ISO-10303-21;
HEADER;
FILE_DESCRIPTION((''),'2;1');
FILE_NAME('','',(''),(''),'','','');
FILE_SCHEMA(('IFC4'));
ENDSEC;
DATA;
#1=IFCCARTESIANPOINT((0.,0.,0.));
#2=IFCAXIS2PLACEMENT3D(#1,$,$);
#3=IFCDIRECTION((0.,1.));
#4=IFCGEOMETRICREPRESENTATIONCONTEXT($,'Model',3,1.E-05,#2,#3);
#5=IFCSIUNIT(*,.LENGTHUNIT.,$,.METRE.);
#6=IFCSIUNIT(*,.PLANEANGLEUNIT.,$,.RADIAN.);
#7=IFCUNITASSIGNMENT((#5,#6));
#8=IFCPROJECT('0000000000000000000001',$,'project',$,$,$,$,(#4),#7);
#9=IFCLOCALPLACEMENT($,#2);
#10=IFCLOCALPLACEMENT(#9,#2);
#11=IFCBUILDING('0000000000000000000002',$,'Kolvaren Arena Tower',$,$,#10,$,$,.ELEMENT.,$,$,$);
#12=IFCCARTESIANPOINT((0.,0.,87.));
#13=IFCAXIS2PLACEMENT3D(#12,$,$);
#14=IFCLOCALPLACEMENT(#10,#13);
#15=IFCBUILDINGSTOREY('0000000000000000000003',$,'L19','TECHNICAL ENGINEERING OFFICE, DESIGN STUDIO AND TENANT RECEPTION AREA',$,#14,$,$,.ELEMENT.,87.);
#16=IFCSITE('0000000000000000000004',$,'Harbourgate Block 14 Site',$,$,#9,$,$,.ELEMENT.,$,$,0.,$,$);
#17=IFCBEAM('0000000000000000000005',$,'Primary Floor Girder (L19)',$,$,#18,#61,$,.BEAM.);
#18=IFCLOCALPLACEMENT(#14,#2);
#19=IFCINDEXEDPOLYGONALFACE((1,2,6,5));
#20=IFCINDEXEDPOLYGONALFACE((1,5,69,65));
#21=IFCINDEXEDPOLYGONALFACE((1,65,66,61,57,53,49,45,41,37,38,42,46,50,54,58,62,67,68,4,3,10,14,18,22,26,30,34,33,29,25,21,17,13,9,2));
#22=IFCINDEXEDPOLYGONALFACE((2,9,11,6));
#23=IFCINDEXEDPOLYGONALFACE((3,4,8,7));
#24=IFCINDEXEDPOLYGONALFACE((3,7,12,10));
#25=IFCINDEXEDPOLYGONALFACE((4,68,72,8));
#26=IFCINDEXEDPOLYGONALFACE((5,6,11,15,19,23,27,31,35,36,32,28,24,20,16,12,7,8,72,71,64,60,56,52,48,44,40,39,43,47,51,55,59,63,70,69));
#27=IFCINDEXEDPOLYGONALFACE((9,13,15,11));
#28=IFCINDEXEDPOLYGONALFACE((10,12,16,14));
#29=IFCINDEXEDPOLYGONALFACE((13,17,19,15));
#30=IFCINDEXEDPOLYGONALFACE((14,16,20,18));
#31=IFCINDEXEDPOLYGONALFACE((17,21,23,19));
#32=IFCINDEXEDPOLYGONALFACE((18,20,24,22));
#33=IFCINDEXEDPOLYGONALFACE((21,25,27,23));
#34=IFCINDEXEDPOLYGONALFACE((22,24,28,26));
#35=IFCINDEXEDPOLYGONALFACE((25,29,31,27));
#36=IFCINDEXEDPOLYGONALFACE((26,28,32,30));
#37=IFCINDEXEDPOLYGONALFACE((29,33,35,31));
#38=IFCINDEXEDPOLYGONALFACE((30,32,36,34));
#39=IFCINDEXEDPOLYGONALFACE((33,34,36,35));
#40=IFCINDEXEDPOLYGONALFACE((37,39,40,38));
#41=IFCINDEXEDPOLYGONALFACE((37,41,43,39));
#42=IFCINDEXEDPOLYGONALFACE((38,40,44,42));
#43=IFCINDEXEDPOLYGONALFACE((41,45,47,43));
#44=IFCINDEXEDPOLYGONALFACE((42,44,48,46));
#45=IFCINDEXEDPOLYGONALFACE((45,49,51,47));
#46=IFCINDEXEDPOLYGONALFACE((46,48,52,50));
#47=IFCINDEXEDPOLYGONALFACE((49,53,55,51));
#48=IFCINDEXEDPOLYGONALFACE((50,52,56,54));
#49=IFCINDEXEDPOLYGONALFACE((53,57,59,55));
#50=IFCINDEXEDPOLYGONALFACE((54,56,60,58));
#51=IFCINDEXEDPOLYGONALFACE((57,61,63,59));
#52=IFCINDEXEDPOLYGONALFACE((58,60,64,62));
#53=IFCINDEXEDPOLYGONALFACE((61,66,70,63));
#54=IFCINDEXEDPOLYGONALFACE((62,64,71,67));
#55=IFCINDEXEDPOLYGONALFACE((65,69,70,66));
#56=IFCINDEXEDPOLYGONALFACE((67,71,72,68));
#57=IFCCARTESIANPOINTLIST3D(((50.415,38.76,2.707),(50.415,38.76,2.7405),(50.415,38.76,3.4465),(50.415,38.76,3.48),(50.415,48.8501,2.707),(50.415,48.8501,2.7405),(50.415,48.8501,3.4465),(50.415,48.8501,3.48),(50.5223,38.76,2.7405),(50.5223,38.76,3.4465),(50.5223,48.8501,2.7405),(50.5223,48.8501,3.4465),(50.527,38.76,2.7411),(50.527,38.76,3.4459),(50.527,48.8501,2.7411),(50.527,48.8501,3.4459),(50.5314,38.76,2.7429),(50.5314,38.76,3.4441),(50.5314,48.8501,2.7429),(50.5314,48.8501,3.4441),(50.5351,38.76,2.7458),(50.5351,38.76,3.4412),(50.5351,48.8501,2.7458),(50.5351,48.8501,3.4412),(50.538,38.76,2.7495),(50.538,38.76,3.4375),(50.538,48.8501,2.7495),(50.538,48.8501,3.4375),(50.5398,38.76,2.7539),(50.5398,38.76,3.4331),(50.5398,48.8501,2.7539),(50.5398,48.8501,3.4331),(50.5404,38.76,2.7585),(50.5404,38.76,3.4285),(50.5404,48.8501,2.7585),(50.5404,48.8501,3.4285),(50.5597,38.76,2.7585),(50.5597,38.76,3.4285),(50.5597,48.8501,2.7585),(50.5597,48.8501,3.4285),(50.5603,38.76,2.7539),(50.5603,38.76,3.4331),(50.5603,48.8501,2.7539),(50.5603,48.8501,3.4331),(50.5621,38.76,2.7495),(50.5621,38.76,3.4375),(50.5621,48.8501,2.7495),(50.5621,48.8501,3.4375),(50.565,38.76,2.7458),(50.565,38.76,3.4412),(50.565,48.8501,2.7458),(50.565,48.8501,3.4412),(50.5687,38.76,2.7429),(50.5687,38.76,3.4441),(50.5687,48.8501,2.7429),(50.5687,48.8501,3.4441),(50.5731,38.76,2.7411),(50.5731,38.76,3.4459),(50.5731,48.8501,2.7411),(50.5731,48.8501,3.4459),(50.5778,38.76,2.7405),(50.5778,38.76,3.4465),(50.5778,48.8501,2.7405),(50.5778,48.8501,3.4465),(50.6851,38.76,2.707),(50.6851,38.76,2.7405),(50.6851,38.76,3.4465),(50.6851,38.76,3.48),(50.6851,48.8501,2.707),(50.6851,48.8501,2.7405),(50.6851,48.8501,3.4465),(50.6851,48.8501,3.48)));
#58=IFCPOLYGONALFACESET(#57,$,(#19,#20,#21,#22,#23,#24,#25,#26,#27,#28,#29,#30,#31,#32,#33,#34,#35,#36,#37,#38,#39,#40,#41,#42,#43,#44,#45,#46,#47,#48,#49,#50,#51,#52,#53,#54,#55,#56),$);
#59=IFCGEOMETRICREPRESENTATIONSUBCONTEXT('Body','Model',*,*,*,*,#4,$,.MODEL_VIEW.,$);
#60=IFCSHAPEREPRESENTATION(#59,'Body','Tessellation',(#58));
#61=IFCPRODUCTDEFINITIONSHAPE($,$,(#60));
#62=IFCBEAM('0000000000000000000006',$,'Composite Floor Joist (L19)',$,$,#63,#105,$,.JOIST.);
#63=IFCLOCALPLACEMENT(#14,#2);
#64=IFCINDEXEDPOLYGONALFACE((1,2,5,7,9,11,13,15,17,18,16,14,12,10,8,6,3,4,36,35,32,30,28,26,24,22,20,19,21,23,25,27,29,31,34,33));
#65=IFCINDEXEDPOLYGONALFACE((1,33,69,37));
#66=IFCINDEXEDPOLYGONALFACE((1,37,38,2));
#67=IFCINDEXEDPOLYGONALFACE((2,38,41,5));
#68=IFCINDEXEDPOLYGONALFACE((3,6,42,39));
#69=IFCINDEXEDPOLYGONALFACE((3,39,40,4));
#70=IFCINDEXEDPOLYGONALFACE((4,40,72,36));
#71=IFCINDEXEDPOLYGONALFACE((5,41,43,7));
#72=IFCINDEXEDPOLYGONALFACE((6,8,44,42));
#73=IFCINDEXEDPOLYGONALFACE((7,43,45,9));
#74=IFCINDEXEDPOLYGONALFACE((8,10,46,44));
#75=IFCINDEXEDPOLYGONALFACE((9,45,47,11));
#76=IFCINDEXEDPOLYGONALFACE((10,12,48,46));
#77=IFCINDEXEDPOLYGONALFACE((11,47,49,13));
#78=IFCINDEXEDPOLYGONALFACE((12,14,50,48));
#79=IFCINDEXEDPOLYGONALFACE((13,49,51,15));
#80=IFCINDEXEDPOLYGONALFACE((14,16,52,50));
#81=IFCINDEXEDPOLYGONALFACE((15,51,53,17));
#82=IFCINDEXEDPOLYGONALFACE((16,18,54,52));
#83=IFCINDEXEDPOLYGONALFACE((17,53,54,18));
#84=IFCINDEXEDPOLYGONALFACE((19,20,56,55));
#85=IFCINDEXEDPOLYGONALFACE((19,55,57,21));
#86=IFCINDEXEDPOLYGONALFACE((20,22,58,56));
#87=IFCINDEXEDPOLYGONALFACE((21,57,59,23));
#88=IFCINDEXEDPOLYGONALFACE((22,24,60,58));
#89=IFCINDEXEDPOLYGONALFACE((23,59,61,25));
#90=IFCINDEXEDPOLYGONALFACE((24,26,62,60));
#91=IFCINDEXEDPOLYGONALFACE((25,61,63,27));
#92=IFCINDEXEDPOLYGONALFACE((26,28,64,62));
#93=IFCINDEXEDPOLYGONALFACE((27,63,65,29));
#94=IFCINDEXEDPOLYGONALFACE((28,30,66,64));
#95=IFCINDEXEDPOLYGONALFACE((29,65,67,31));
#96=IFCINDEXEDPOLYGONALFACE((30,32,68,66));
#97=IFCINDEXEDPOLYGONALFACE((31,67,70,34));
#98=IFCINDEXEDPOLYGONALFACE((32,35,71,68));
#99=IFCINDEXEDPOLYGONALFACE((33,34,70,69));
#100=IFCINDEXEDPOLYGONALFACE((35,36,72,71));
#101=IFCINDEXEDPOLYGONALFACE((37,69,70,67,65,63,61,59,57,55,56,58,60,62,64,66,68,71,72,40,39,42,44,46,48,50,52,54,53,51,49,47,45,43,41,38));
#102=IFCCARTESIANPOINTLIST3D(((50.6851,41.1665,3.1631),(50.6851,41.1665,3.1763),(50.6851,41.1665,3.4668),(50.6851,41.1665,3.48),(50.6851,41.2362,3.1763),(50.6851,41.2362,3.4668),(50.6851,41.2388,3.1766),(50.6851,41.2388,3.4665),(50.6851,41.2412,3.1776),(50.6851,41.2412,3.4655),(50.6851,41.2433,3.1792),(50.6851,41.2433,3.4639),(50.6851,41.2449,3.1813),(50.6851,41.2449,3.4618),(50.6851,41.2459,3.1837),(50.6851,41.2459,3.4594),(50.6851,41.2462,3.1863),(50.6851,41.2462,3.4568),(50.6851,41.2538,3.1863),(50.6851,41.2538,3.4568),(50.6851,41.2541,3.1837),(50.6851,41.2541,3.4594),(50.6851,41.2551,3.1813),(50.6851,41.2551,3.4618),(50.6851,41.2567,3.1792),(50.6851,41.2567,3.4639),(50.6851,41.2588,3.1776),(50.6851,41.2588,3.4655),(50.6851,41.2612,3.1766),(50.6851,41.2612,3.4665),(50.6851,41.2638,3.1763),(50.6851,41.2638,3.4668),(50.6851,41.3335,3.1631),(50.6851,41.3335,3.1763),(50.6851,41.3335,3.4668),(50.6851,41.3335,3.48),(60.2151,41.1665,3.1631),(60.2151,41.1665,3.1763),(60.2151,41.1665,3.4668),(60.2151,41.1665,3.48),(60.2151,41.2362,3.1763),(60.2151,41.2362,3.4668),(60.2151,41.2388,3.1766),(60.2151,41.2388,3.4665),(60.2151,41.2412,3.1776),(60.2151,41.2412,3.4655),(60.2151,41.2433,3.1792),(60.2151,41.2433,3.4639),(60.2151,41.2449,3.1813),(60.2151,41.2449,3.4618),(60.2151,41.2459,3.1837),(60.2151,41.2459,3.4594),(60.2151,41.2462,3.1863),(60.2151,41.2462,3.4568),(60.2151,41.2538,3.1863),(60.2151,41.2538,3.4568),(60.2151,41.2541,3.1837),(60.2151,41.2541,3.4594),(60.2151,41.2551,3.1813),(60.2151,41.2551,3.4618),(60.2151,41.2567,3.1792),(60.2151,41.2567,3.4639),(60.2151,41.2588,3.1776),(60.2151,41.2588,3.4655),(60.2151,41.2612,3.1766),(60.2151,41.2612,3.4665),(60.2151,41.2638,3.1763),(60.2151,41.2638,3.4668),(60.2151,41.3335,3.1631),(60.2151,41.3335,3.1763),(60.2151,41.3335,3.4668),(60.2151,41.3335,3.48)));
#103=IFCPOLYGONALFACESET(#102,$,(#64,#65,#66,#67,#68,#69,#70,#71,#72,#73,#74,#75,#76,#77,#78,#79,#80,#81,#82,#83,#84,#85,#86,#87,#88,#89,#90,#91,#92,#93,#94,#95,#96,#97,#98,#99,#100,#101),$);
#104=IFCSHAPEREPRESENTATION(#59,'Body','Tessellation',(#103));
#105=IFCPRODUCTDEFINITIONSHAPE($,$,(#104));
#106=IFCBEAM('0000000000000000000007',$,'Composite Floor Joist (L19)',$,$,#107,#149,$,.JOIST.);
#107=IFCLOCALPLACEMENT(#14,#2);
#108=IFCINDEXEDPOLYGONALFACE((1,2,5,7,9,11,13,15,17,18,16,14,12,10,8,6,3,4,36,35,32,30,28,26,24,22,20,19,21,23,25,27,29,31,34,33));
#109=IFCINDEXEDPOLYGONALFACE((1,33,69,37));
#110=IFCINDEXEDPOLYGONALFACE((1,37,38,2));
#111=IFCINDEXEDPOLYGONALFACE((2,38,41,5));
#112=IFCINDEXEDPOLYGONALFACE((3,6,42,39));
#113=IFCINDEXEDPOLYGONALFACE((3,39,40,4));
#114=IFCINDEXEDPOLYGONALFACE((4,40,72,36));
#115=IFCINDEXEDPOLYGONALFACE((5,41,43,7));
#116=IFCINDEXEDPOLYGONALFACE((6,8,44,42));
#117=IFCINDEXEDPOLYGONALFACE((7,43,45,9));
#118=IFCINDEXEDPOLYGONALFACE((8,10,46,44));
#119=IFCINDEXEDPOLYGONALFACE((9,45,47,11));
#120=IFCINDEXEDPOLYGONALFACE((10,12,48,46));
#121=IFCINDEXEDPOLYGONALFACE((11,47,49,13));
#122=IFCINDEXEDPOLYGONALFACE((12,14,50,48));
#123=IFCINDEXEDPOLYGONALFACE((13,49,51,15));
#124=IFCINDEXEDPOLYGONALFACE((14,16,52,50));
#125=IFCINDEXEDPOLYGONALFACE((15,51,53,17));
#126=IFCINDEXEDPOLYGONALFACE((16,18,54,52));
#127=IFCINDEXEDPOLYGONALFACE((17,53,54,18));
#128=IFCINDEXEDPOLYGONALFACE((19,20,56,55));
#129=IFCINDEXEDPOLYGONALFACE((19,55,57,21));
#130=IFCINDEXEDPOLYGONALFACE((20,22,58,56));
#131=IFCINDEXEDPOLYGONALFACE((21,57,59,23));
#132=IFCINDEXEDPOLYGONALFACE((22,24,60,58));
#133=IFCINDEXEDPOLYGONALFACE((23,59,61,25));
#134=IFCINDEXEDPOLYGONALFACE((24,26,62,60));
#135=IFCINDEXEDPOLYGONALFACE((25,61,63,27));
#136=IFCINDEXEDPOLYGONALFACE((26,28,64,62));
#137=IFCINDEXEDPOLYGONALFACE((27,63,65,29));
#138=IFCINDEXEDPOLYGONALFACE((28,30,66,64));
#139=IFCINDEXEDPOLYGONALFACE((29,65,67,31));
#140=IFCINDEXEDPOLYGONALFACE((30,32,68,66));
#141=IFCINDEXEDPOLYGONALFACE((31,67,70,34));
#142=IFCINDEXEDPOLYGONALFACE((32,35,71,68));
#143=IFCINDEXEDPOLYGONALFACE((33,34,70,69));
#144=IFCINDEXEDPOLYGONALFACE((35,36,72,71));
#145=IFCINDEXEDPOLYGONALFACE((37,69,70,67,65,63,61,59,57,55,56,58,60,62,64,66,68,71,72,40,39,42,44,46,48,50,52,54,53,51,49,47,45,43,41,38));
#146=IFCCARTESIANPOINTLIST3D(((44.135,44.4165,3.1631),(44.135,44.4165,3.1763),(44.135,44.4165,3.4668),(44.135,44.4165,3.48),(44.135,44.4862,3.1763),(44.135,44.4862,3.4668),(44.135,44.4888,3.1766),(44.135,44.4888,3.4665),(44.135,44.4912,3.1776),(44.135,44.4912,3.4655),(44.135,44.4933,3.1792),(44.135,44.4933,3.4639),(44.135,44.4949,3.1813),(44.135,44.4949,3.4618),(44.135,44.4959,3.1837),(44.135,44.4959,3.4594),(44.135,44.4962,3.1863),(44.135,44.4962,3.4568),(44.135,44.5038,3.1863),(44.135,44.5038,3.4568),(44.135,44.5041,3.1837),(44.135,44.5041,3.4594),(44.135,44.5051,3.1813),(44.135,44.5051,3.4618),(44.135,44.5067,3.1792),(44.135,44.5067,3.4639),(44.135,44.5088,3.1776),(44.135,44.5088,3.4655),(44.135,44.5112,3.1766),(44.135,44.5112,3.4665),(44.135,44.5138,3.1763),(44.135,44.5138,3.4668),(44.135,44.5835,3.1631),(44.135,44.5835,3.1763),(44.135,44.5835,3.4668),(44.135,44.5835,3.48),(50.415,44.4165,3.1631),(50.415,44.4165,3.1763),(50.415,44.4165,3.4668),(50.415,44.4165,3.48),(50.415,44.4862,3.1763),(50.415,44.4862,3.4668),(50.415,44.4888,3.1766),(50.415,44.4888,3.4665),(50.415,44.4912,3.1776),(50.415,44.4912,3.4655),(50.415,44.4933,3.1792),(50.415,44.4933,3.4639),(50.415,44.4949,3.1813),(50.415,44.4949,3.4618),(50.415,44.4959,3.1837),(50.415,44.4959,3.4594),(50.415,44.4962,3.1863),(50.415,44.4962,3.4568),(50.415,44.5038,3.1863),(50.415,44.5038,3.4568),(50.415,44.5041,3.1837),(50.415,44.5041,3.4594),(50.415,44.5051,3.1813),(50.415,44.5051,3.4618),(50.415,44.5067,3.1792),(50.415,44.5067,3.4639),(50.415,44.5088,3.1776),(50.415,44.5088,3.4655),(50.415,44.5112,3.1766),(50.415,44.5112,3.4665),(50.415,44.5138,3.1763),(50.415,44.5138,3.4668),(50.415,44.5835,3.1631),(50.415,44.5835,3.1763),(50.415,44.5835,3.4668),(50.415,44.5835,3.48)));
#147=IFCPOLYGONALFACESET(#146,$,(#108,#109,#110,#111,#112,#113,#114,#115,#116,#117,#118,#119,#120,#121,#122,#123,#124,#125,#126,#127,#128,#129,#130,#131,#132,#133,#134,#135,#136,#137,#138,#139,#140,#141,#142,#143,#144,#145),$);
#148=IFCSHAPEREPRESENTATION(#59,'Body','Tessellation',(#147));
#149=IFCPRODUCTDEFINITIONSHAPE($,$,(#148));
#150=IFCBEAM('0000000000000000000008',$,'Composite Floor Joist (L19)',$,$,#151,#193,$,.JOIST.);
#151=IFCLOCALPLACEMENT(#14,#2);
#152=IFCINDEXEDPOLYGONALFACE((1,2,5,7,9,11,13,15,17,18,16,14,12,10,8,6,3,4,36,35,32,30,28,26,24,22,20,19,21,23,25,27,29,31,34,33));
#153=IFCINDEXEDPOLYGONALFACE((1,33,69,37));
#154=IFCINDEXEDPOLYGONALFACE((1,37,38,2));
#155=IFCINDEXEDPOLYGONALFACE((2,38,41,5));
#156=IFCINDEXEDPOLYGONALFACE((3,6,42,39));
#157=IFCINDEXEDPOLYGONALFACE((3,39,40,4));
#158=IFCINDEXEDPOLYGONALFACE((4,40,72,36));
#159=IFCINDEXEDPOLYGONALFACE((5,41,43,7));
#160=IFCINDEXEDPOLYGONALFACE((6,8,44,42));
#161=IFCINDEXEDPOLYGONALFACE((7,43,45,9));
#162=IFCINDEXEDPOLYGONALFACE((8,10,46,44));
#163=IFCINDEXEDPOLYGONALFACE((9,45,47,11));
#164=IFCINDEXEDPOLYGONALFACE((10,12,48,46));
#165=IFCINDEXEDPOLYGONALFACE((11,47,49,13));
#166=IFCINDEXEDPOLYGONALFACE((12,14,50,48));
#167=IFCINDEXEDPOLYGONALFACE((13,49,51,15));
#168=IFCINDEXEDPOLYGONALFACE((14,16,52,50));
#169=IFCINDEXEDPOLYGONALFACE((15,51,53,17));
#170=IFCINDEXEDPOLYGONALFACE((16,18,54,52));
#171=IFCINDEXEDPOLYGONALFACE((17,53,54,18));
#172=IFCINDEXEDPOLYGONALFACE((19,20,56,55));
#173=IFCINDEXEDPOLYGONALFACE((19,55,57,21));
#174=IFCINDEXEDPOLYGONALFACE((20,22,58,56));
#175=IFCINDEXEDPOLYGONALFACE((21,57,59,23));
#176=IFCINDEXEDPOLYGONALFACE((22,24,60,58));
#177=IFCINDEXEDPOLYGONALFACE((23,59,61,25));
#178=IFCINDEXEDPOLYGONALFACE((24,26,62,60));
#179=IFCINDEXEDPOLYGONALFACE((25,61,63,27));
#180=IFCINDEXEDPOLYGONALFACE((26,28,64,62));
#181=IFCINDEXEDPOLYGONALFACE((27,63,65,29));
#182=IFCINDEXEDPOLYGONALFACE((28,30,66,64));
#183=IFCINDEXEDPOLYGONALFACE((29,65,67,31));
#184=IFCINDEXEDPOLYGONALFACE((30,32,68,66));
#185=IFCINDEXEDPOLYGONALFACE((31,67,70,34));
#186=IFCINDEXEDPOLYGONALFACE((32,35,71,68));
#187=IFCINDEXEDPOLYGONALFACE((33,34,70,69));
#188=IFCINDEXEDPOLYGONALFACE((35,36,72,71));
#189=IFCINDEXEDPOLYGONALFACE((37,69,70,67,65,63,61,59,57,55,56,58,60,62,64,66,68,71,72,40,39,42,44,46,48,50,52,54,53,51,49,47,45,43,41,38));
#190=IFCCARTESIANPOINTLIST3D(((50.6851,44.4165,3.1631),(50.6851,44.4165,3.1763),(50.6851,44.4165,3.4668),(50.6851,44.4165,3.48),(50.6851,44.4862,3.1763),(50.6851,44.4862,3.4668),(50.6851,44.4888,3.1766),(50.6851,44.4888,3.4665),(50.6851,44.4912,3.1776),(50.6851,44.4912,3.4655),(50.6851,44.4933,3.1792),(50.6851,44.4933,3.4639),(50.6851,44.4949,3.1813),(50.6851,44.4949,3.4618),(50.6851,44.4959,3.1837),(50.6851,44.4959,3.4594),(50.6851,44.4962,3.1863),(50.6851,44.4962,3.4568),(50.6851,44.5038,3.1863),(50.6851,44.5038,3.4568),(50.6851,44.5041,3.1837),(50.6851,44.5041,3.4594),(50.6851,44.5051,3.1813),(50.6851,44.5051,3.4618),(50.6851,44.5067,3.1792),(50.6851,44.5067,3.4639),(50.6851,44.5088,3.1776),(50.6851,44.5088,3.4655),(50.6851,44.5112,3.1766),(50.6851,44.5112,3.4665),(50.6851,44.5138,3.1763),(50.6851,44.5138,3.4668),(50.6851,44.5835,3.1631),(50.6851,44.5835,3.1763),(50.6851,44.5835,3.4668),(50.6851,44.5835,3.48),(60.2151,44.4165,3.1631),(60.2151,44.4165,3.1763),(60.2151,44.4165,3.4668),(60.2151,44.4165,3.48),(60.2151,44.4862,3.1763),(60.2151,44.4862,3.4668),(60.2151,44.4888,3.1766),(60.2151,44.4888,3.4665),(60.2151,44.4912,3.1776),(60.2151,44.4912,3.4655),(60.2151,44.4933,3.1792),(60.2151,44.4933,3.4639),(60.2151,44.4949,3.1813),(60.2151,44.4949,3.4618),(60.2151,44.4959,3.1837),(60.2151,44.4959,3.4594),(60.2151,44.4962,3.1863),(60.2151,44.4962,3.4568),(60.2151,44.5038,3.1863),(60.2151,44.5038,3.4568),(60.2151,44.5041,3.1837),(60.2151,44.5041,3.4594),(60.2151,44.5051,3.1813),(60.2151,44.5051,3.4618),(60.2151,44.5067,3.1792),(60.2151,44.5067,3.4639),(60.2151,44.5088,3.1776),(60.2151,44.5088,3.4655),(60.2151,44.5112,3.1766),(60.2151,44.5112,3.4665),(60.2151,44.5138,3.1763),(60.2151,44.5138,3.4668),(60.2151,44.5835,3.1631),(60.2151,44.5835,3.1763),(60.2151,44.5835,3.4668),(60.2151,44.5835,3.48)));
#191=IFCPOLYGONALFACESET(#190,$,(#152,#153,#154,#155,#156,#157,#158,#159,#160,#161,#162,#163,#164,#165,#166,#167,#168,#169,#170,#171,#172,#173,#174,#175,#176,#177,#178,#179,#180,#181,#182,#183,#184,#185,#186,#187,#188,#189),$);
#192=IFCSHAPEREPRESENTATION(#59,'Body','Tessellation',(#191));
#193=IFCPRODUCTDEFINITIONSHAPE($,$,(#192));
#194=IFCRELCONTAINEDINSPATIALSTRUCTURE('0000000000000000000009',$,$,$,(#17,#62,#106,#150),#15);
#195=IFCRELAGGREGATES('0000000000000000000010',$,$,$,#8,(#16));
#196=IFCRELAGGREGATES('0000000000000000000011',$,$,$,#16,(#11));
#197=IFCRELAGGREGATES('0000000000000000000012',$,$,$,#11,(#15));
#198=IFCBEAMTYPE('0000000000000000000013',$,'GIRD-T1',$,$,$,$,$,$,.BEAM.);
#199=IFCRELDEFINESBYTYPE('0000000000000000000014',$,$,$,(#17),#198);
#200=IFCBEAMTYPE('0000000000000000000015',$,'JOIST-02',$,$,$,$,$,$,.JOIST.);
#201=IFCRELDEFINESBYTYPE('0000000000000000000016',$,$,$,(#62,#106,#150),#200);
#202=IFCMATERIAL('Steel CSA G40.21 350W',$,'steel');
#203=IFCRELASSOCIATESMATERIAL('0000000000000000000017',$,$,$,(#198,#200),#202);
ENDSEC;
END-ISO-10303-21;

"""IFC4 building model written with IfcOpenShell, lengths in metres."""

from ifc_helpers import new_model, si_unit, direction, frame, origin, origin_2d, place, context, subcontext, project, spatial, i_section, extrude, material, material_profile, profile_set, type_object, element, save


model = new_model("IFC4")

# Units and contexts
model_context = context("Model", 3, precision=1e-05, world=origin(), true_north=direction((0.0, 1.0)))
body_context = subcontext(model_context, "Body", "Model", "MODEL_VIEW")
ifc_project = project(units=[si_unit("LENGTHUNIT", "METRE"), si_unit("PLANEANGLEUNIT", "RADIAN")], contexts=[model_context])

# Site, building, storey
site_placement = place(None, origin())
site = spatial("IfcSite", under=ifc_project, at=site_placement, Name="Harbourgate Block 14 Site", CompositionType="ELEMENT", RefElevation=0.0)
building_placement = place(site_placement, origin())
building = spatial("IfcBuilding", under=site, at=building_placement, Name="Kolvaren Arena Tower", CompositionType="ELEMENT")
storey_placement = place(building_placement, frame((0.0, 0.0, 87.0)))
storey = spatial("IfcBuildingStorey", under=building, at=storey_placement, Name="L19", Description="TECHNICAL ENGINEERING OFFICE, DESIGN STUDIO AND TENANT RECEPTION AREA", CompositionType="ELEMENT", Elevation=87.0)

# Beams
ifc_material_1 = material(Name="Steel CSA G40.21 350W", Category="steel")
ifc_material_profile_1 = material_profile(ifc_material_1, i_section(OverallWidth=0.27, OverallDepth=0.7729, WebThickness=0.0193, FlangeThickness=0.0334, FilletRadius=0.0181, at=origin_2d()), Name="W760x257")
ifc_profile_set_1 = profile_set([ifc_material_profile_1], Name="Steel CSA G40.21 350W")
beam_type_1 = type_object("IfcBeamType", Name="GIRD-T1", PredefinedType="BEAM", material=ifc_profile_set_1)
beam_1_placement = place(storey_placement, frame((50.55, 38.76, 3.0935), z_axis=(0.0, 1.0, 0.0), x_axis=(-1.0, 0.0, 0.0)))
element("IfcBeam", 1, at=beam_1_placement, inside=storey, type_object=beam_type_1, Name="Primary Floor Girder (L19)", PredefinedType="BEAM", context=body_context, shape_type="SweptSolid", body=[
    extrude(i_section(OverallWidth=0.27, OverallDepth=0.7729, WebThickness=0.0193, FlangeThickness=0.0334, FilletRadius=0.0181, at=origin_2d()), origin(), (0.0, 0.0, 1.0), 10.0901),
])
ifc_material_profile_2 = material_profile(ifc_material_1, i_section(OverallWidth=0.167, OverallDepth=0.3169, WebThickness=0.0076, FlangeThickness=0.0132, FilletRadius=0.01, at=origin_2d()), Name="W310x52")
ifc_profile_set_2 = profile_set([ifc_material_profile_2], Name="Steel CSA G40.21 350W")
beam_type_2 = type_object("IfcBeamType", Name="JOIST-02", PredefinedType="JOIST", material=ifc_profile_set_2)
beam_2_placement = place(storey_placement, frame((50.6851, 41.25, 3.3215), z_axis=(1.0, 0.0, 0.0), x_axis=(0.0, 1.0, 0.0)))
element("IfcBeam", 2, at=beam_2_placement, inside=storey, type_object=beam_type_2, Name="Composite Floor Joist (L19)", PredefinedType="JOIST", context=body_context, shape_type="SweptSolid", body=[
    extrude(i_section(OverallWidth=0.167, OverallDepth=0.3169, WebThickness=0.0076, FlangeThickness=0.0132, FilletRadius=0.01, at=origin_2d()), origin(), (0.0, 0.0, 1.0), 9.53),
])
beam_3_placement = place(storey_placement, frame((44.135, 44.5, 3.3215), z_axis=(1.0, 0.0, 0.0), x_axis=(0.0, 1.0, 0.0)))
element("IfcBeam", 3, at=beam_3_placement, inside=storey, type_object=beam_type_2, Name="Composite Floor Joist (L19)", PredefinedType="JOIST", context=body_context, shape_type="SweptSolid", body=[
    extrude(i_section(OverallWidth=0.167, OverallDepth=0.3169, WebThickness=0.0076, FlangeThickness=0.0132, FilletRadius=0.01, at=origin_2d()), origin(), (0.0, 0.0, 1.0), 6.28),
])
beam_4_placement = place(storey_placement, frame((50.6851, 44.5, 3.3215), z_axis=(1.0, 0.0, 0.0), x_axis=(0.0, 1.0, 0.0)))
element("IfcBeam", 4, at=beam_4_placement, inside=storey, type_object=beam_type_2, Name="Composite Floor Joist (L19)", PredefinedType="JOIST", context=body_context, shape_type="SweptSolid", body=[
    extrude(i_section(OverallWidth=0.167, OverallDepth=0.3169, WebThickness=0.0076, FlangeThickness=0.0132, FilletRadius=0.01, at=origin_2d()), origin(), (0.0, 0.0, 1.0), 9.53),
])

save(model, "model.ifc")
